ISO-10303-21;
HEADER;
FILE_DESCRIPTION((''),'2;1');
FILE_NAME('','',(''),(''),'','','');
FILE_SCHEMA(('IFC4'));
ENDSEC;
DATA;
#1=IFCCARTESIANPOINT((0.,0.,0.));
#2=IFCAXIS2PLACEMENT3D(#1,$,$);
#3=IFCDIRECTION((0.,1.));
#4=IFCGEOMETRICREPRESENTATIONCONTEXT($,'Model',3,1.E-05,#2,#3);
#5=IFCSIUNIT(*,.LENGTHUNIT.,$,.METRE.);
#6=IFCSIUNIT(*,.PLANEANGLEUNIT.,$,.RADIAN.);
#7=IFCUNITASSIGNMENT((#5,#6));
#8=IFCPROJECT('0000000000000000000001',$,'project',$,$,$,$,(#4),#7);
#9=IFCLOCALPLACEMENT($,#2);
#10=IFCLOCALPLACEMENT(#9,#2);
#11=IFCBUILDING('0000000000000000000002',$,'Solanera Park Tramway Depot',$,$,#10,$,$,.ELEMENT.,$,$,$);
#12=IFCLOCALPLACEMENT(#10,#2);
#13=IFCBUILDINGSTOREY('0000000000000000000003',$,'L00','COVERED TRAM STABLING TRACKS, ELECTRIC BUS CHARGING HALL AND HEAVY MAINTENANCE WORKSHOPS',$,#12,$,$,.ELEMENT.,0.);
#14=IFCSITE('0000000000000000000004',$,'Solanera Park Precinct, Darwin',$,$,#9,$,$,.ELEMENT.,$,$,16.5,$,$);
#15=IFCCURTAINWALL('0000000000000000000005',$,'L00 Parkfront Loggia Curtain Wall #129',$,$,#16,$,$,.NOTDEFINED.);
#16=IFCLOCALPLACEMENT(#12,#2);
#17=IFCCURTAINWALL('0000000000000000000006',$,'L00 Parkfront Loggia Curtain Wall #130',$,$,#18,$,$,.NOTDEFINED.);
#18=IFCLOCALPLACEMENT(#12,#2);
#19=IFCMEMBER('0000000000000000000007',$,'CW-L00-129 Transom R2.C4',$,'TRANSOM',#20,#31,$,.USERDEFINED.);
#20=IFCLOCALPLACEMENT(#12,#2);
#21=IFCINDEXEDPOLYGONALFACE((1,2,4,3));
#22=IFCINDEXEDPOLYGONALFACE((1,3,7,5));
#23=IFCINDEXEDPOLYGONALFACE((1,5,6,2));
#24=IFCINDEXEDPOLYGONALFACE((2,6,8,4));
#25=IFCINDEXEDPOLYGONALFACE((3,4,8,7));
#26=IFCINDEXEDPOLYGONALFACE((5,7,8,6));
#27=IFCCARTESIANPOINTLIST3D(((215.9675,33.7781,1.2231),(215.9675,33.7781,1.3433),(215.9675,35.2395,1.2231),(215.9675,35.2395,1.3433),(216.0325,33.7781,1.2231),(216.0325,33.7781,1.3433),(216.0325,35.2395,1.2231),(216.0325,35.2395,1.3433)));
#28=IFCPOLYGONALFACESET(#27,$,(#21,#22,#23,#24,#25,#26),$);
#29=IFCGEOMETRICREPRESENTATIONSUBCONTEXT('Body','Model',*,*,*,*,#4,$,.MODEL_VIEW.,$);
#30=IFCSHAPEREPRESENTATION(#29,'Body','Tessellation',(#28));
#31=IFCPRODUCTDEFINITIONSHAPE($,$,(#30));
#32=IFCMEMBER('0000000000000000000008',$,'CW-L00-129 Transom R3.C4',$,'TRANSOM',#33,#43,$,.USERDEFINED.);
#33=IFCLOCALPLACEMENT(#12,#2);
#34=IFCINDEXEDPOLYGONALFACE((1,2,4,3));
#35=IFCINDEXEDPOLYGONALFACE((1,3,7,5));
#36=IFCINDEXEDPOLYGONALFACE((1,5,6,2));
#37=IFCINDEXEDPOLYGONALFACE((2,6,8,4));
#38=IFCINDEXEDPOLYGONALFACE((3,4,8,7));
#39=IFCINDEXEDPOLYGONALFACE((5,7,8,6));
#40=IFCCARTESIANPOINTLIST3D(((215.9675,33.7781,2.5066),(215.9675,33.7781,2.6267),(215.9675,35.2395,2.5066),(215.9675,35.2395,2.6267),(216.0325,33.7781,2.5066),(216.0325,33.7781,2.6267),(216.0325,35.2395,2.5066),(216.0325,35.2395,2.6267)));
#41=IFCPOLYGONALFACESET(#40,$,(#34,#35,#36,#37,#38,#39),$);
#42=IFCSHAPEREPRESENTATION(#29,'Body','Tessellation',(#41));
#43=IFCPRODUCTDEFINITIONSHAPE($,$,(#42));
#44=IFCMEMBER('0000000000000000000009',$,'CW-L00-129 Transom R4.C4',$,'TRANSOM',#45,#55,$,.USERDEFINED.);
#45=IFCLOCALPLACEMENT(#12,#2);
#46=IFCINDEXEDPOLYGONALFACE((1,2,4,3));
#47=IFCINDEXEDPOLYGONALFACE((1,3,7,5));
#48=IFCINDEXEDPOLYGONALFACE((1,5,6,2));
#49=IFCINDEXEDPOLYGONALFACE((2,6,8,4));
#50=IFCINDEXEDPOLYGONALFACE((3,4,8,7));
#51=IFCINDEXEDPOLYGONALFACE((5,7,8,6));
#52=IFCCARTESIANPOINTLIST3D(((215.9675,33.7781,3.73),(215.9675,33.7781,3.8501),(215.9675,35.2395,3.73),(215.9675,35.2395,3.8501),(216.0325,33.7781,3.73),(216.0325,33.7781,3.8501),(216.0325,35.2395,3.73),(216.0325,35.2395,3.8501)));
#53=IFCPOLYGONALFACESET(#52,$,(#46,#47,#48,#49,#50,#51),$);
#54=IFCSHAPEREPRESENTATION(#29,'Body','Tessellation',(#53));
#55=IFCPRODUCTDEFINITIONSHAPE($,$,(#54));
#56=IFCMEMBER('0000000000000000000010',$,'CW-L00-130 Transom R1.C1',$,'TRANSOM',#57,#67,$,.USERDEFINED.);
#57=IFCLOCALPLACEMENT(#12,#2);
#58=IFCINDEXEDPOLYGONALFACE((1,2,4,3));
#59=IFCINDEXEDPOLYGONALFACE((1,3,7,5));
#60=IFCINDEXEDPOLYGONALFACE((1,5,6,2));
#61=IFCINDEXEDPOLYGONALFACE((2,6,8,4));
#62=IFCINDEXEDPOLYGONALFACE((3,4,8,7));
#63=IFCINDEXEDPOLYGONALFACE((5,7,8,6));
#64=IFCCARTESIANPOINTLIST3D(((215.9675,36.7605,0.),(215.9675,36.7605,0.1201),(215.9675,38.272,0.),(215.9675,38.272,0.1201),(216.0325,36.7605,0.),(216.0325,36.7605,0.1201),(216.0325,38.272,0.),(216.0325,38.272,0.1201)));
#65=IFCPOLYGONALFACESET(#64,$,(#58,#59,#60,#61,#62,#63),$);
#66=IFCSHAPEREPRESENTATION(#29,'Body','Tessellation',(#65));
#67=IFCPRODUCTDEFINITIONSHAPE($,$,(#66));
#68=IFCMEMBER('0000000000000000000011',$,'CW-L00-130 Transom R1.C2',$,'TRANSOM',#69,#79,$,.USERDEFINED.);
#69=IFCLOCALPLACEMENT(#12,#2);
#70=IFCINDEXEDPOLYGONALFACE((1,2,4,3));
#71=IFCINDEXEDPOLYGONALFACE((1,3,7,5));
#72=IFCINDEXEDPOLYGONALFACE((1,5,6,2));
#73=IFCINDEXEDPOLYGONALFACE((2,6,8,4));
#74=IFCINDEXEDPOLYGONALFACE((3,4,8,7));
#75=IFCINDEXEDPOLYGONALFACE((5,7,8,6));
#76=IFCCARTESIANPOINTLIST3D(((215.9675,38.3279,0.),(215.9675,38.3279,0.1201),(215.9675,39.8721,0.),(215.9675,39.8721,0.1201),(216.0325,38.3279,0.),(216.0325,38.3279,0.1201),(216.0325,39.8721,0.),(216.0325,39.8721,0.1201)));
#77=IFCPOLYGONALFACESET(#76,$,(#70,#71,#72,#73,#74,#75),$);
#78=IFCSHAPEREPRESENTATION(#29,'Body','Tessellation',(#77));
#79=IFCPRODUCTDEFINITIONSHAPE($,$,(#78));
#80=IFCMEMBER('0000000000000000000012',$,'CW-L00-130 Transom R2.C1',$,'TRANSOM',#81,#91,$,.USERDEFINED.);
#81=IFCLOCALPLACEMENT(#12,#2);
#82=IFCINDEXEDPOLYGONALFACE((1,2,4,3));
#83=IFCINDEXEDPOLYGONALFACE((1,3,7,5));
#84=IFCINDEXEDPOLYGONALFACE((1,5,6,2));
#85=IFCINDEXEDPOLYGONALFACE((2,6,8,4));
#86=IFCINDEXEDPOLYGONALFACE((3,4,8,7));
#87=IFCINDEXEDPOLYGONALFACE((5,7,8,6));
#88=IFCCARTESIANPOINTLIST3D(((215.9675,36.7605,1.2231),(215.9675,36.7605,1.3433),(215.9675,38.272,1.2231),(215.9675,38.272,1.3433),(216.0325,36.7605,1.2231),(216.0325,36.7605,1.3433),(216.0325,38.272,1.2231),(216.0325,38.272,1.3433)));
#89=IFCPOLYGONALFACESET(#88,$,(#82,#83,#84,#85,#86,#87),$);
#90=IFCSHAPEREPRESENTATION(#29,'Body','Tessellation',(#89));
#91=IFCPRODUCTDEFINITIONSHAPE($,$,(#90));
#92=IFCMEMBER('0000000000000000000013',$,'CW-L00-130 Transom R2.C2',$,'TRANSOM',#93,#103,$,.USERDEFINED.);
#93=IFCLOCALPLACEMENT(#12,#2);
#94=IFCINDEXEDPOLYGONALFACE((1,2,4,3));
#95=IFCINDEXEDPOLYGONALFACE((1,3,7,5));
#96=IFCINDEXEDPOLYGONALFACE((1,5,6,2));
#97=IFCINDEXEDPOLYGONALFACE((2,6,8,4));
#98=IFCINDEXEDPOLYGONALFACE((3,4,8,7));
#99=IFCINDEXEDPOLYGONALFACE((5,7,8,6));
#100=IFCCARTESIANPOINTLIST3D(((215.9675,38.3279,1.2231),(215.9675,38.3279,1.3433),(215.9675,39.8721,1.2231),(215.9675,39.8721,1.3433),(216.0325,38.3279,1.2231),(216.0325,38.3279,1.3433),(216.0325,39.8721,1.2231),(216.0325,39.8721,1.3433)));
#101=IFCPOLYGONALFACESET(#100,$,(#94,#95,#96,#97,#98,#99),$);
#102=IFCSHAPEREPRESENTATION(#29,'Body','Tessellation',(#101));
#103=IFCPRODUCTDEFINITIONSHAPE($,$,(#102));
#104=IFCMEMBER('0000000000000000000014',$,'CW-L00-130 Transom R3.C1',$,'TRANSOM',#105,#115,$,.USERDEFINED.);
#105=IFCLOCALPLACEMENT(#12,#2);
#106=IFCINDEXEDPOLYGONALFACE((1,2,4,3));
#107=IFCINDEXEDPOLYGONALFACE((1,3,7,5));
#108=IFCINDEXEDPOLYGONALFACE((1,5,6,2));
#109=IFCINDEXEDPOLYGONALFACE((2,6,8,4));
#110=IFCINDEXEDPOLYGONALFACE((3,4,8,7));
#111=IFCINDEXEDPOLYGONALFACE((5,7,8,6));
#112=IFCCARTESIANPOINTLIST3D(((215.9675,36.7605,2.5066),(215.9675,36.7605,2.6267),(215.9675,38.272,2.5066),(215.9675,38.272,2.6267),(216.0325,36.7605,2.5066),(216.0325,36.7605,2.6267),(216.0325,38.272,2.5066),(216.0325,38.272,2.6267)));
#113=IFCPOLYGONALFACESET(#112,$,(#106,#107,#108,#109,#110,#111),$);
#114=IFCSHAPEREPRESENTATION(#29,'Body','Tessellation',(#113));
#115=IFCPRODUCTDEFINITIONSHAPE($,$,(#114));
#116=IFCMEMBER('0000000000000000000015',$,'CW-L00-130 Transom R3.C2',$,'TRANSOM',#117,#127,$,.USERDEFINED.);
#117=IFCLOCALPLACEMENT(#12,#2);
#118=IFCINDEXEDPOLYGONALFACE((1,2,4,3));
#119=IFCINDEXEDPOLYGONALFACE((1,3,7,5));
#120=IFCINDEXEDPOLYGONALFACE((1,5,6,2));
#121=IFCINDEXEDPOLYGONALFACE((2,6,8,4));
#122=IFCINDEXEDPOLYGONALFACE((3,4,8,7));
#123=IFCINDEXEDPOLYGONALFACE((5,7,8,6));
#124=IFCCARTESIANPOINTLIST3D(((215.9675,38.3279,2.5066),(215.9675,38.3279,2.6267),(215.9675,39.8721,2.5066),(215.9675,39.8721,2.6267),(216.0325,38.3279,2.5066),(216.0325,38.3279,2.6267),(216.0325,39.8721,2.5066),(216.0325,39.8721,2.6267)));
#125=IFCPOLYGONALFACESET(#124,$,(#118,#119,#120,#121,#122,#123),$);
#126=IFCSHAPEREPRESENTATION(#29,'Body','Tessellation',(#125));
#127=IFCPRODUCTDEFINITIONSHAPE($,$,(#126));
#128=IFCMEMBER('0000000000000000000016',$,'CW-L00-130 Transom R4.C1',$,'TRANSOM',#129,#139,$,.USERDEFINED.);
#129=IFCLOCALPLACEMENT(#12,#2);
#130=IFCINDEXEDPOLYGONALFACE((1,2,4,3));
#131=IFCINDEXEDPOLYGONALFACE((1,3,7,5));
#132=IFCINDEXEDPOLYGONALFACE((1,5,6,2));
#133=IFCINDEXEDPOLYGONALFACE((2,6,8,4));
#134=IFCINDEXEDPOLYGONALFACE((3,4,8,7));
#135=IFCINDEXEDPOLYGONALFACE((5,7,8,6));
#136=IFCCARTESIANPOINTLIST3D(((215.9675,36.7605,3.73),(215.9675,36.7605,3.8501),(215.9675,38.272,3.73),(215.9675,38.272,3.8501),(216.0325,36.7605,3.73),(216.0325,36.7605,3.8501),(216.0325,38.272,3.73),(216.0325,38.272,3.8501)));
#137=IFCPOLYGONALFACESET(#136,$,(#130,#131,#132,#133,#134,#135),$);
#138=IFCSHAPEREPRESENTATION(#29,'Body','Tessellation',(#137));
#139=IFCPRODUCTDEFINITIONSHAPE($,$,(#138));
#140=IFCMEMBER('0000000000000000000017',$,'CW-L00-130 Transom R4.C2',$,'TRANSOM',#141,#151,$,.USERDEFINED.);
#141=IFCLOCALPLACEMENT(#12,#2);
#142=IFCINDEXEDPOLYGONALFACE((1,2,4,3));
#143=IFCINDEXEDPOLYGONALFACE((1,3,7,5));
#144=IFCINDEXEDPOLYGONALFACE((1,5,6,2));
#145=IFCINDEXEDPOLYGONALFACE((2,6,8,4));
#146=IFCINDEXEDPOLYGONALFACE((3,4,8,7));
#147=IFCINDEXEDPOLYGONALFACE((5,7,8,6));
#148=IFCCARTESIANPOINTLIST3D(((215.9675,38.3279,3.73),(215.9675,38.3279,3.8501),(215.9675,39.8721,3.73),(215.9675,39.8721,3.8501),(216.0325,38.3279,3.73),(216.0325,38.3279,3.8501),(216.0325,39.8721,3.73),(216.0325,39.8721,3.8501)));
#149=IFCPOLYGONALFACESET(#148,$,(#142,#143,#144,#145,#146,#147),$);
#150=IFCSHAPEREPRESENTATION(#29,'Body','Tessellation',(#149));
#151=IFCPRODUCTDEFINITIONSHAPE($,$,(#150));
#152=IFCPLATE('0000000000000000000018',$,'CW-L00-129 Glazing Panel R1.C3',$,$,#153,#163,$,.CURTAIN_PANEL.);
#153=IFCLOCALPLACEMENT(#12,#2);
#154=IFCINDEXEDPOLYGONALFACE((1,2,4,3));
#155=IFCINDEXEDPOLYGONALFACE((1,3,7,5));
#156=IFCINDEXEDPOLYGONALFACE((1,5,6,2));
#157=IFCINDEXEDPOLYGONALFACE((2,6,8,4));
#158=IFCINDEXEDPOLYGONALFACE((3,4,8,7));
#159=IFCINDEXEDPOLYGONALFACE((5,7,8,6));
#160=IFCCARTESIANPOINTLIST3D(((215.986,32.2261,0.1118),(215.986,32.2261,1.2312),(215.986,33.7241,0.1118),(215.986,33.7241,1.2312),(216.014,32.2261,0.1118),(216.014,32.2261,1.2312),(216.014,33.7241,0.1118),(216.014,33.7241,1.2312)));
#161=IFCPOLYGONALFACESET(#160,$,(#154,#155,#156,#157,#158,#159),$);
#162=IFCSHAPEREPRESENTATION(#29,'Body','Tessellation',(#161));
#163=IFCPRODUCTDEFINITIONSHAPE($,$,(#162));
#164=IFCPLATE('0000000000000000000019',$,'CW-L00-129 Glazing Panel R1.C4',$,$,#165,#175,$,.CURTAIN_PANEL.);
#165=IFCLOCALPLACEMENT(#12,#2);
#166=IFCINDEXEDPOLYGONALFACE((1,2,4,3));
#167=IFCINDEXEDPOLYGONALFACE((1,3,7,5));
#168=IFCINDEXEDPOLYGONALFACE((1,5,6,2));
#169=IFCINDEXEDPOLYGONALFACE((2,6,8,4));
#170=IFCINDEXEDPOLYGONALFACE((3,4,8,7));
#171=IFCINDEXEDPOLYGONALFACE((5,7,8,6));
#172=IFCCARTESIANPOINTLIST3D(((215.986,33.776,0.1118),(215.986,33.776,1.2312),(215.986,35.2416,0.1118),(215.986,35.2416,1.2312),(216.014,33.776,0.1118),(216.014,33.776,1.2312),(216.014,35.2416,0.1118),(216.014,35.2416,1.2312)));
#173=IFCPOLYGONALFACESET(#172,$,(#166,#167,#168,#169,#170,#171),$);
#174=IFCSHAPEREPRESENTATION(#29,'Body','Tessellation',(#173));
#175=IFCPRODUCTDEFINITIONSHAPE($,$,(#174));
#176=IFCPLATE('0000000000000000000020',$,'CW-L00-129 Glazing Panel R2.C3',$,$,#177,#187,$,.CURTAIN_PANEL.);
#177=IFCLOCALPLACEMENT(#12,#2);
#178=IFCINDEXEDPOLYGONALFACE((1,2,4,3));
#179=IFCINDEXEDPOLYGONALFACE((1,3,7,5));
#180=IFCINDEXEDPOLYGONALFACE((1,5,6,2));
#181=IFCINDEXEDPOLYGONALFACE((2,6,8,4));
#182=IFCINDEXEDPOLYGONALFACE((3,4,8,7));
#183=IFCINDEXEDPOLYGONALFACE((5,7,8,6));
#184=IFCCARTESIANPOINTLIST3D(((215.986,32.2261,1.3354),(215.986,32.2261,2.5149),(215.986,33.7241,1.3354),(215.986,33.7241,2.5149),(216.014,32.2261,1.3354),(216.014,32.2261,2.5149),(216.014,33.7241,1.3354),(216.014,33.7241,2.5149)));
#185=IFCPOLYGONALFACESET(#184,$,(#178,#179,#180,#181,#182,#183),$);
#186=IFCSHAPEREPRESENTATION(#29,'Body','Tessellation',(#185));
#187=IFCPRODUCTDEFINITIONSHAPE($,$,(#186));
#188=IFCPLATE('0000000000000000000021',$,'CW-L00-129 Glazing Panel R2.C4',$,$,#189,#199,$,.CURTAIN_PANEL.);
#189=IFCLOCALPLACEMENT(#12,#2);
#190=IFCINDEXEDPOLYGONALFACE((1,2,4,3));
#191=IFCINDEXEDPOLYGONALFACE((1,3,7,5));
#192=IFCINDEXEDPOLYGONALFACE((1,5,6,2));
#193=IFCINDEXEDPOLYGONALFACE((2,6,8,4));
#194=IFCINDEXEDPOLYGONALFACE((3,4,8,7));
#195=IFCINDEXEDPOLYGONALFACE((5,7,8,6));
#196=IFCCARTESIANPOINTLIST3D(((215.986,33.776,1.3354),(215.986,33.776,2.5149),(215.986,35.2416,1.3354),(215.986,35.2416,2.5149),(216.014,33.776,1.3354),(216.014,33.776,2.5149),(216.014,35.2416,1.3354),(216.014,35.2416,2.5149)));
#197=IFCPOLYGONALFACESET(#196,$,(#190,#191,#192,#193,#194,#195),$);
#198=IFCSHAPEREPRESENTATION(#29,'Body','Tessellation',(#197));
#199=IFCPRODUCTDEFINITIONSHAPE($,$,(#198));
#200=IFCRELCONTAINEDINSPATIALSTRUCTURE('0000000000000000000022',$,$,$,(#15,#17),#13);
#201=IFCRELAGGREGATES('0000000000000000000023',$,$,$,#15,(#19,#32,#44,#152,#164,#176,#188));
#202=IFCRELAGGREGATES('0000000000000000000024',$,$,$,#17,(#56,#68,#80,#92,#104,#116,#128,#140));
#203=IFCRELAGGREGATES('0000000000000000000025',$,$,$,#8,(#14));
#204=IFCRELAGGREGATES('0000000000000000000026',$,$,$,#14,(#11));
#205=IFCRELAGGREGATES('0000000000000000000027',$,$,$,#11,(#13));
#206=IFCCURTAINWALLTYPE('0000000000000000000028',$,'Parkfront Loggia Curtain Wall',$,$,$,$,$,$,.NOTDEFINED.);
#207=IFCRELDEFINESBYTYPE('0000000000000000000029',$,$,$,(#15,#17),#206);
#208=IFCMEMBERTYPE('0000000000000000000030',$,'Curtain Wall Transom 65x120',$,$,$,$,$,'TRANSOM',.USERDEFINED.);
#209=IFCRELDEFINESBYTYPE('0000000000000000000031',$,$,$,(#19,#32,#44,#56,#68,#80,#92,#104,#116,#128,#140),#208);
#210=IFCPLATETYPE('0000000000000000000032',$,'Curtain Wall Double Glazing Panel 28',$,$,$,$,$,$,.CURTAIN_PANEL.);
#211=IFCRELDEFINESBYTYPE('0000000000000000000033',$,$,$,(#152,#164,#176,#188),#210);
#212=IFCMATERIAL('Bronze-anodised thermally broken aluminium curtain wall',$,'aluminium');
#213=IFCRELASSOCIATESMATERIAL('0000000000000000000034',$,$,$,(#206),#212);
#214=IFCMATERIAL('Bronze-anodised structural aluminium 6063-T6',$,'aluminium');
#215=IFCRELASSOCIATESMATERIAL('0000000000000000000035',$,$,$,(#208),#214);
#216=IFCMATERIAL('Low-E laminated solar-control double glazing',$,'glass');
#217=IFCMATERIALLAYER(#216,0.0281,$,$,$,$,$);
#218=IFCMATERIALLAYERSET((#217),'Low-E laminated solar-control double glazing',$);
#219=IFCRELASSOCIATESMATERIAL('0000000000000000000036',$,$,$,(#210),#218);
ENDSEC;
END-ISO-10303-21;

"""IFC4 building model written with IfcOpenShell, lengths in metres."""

from ifc_helpers import new_model, si_unit, direction, frame, origin, origin_2d, place, context, subcontext, project, spatial, rectangle, extrude, material, layer, layer_set, material_profile, profile_set, type_object, element, aggregate, save


model = new_model("IFC4")

# Units and contexts
model_context = context("Model", 3, precision=1e-05, world=origin(), true_north=direction((0.0, 1.0)))
body_context = subcontext(model_context, "Body", "Model", "MODEL_VIEW")
ifc_project = project(units=[si_unit("LENGTHUNIT", "METRE"), si_unit("PLANEANGLEUNIT", "RADIAN")], contexts=[model_context])

# Site, building, storey
site_placement = place(None, origin())
site = spatial("IfcSite", under=ifc_project, at=site_placement, Name="Solanera Park Precinct, Darwin", CompositionType="ELEMENT", RefElevation=16.5)
building_placement = place(site_placement, origin())
building = spatial("IfcBuilding", under=site, at=building_placement, Name="Solanera Park Tramway Depot", CompositionType="ELEMENT")
storey_placement = place(building_placement, origin())
storey = spatial("IfcBuildingStorey", under=building, at=storey_placement, Name="L00", Description="COVERED TRAM STABLING TRACKS, ELECTRIC BUS CHARGING HALL AND HEAVY MAINTENANCE WORKSHOPS", CompositionType="ELEMENT", Elevation=0.0)

# Curtain walls
ifc_material_1 = material(Name="Bronze-anodised thermally broken aluminium curtain wall", Category="aluminium")
curtain_wall_type = type_object("IfcCurtainWallType", Name="Parkfront Loggia Curtain Wall", PredefinedType="NOTDEFINED", material=ifc_material_1)
curtain_wall_1_placement = place(storey_placement, origin())
curtain_wall_1 = element("IfcCurtainWall", 1, at=curtain_wall_1_placement, inside=storey, type_object=curtain_wall_type, Name="L00 Parkfront Loggia Curtain Wall #129", PredefinedType="NOTDEFINED")
curtain_wall_2_placement = place(storey_placement, origin())
curtain_wall_2 = element("IfcCurtainWall", 2, at=curtain_wall_2_placement, inside=storey, type_object=curtain_wall_type, Name="L00 Parkfront Loggia Curtain Wall #130", PredefinedType="NOTDEFINED")

# Members
ifc_material_2 = material(Name="Bronze-anodised structural aluminium 6063-T6", Category="aluminium")
ifc_material_profile_1 = material_profile(ifc_material_2, rectangle(XDim=0.0649, YDim=0.1201, at=origin_2d()), Name="Curtain Wall Transom 65x120")
ifc_profile_set_1 = profile_set([ifc_material_profile_1], Name="Bronze-anodised structural aluminium 6063-T6")
member_type_1 = type_object("IfcMemberType", Name="Curtain Wall Transom 65x120", ElementType="TRANSOM", PredefinedType="USERDEFINED", material=ifc_profile_set_1)
member_1_placement = place(storey_placement, frame((216.0, 33.7781, 1.2832), z_axis=(0.0, 1.0, 0.0), x_axis=(-1.0, 0.0, 0.0)))
member_1 = element("IfcMember", 3, at=member_1_placement, type_object=member_type_1, Name="CW-L00-129 Transom R2.C4", ObjectType="TRANSOM", PredefinedType="USERDEFINED", context=body_context, shape_type="SweptSolid", body=[
    extrude(rectangle(XDim=0.0649, YDim=0.1201, at=origin_2d()), origin(), (0.0, 0.0, 1.0), 1.4614),
])
member_2_placement = place(storey_placement, frame((216.0, 33.7781, 2.5667), z_axis=(0.0, 1.0, 0.0), x_axis=(-1.0, 0.0, 0.0)))
member_2 = element("IfcMember", 4, at=member_2_placement, type_object=member_type_1, Name="CW-L00-129 Transom R3.C4", ObjectType="TRANSOM", PredefinedType="USERDEFINED", context=body_context, shape_type="SweptSolid", body=[
    extrude(rectangle(XDim=0.0649, YDim=0.1201, at=origin_2d()), origin(), (0.0, 0.0, 1.0), 1.4614),
])
member_3_placement = place(storey_placement, frame((216.0, 33.7781, 3.79), z_axis=(0.0, 1.0, 0.0), x_axis=(-1.0, 0.0, 0.0)))
member_3 = element("IfcMember", 5, at=member_3_placement, type_object=member_type_1, Name="CW-L00-129 Transom R4.C4", ObjectType="TRANSOM", PredefinedType="USERDEFINED", context=body_context, shape_type="SweptSolid", body=[
    extrude(rectangle(XDim=0.0649, YDim=0.1201, at=origin_2d()), origin(), (0.0, 0.0, 1.0), 1.4614),
])
member_4_placement = place(storey_placement, frame((216.0, 36.7605, 0.0601), z_axis=(0.0, 1.0, 0.0), x_axis=(-1.0, 0.0, 0.0)))
member_4 = element("IfcMember", 6, at=member_4_placement, type_object=member_type_1, Name="CW-L00-130 Transom R1.C1", ObjectType="TRANSOM", PredefinedType="USERDEFINED", context=body_context, shape_type="SweptSolid", body=[
    extrude(rectangle(XDim=0.0649, YDim=0.1201, at=origin_2d()), origin(), (0.0, 0.0, 1.0), 1.5115),
])
member_5_placement = place(storey_placement, frame((216.0, 38.3279, 0.0601), z_axis=(0.0, 1.0, 0.0), x_axis=(-1.0, 0.0, 0.0)))
member_5 = element("IfcMember", 7, at=member_5_placement, type_object=member_type_1, Name="CW-L00-130 Transom R1.C2", ObjectType="TRANSOM", PredefinedType="USERDEFINED", context=body_context, shape_type="SweptSolid", body=[
    extrude(rectangle(XDim=0.0649, YDim=0.1201, at=origin_2d()), origin(), (0.0, 0.0, 1.0), 1.5442),
])
member_6_placement = place(storey_placement, frame((216.0, 36.7605, 1.2832), z_axis=(0.0, 1.0, 0.0), x_axis=(-1.0, 0.0, 0.0)))
member_6 = element("IfcMember", 8, at=member_6_placement, type_object=member_type_1, Name="CW-L00-130 Transom R2.C1", ObjectType="TRANSOM", PredefinedType="USERDEFINED", context=body_context, shape_type="SweptSolid", body=[
    extrude(rectangle(XDim=0.0649, YDim=0.1201, at=origin_2d()), origin(), (0.0, 0.0, 1.0), 1.5115),
])
member_7_placement = place(storey_placement, frame((216.0, 38.3279, 1.2832), z_axis=(0.0, 1.0, 0.0), x_axis=(-1.0, 0.0, 0.0)))
member_7 = element("IfcMember", 9, at=member_7_placement, type_object=member_type_1, Name="CW-L00-130 Transom R2.C2", ObjectType="TRANSOM", PredefinedType="USERDEFINED", context=body_context, shape_type="SweptSolid", body=[
    extrude(rectangle(XDim=0.0649, YDim=0.1201, at=origin_2d()), origin(), (0.0, 0.0, 1.0), 1.5442),
])
member_8_placement = place(storey_placement, frame((216.0, 36.7605, 2.5667), z_axis=(0.0, 1.0, 0.0), x_axis=(-1.0, 0.0, 0.0)))
member_8 = element("IfcMember", 10, at=member_8_placement, type_object=member_type_1, Name="CW-L00-130 Transom R3.C1", ObjectType="TRANSOM", PredefinedType="USERDEFINED", context=body_context, shape_type="SweptSolid", body=[
    extrude(rectangle(XDim=0.0649, YDim=0.1201, at=origin_2d()), origin(), (0.0, 0.0, 1.0), 1.5115),
])
member_9_placement = place(storey_placement, frame((216.0, 38.3279, 2.5667), z_axis=(0.0, 1.0, 0.0), x_axis=(-1.0, 0.0, 0.0)))
member_9 = element("IfcMember", 11, at=member_9_placement, type_object=member_type_1, Name="CW-L00-130 Transom R3.C2", ObjectType="TRANSOM", PredefinedType="USERDEFINED", context=body_context, shape_type="SweptSolid", body=[
    extrude(rectangle(XDim=0.0649, YDim=0.1201, at=origin_2d()), origin(), (0.0, 0.0, 1.0), 1.5442),
])
member_10_placement = place(storey_placement, frame((216.0, 36.7605, 3.79), z_axis=(0.0, 1.0, 0.0), x_axis=(-1.0, 0.0, 0.0)))
member_10 = element("IfcMember", 12, at=member_10_placement, type_object=member_type_1, Name="CW-L00-130 Transom R4.C1", ObjectType="TRANSOM", PredefinedType="USERDEFINED", context=body_context, shape_type="SweptSolid", body=[
    extrude(rectangle(XDim=0.0649, YDim=0.1201, at=origin_2d()), origin(), (0.0, 0.0, 1.0), 1.5115),
])
member_11_placement = place(storey_placement, frame((216.0, 38.3279, 3.79), z_axis=(0.0, 1.0, 0.0), x_axis=(-1.0, 0.0, 0.0)))
member_11 = element("IfcMember", 13, at=member_11_placement, type_object=member_type_1, Name="CW-L00-130 Transom R4.C2", ObjectType="TRANSOM", PredefinedType="USERDEFINED", context=body_context, shape_type="SweptSolid", body=[
    extrude(rectangle(XDim=0.0649, YDim=0.1201, at=origin_2d()), origin(), (0.0, 0.0, 1.0), 1.5442),
])

# Plates
ifc_material_3 = material(Name="Low-E laminated solar-control double glazing", Category="glass")
ifc_layer_1 = layer(ifc_material_3, 0.0281)
ifc_layer_set_1 = layer_set([ifc_layer_1], Name="Low-E laminated solar-control double glazing")
plate_type = type_object("IfcPlateType", Name="Curtain Wall Double Glazing Panel 28", PredefinedType="CURTAIN_PANEL", material=ifc_layer_set_1)
plate_1_placement = place(storey_placement, frame((216.0, 32.9751, 0.1118), z_axis=(0.0, 0.0, 1.0), x_axis=(0.0, 1.0, 0.0)))
plate_1 = element("IfcPlate", 14, at=plate_1_placement, type_object=plate_type, Name="CW-L00-129 Glazing Panel R1.C3", PredefinedType="CURTAIN_PANEL", context=body_context, shape_type="SweptSolid", body=[
    extrude(rectangle(XDim=1.498, YDim=0.0281, at=origin_2d()), origin(), (0.0, 0.0, 1.0), 1.1194),
])
plate_2_placement = place(storey_placement, frame((216.0, 34.5088, 0.1118), z_axis=(0.0, 0.0, 1.0), x_axis=(0.0, 1.0, 0.0)))
plate_2 = element("IfcPlate", 15, at=plate_2_placement, type_object=plate_type, Name="CW-L00-129 Glazing Panel R1.C4", PredefinedType="CURTAIN_PANEL", context=body_context, shape_type="SweptSolid", body=[
    extrude(rectangle(XDim=1.4656, YDim=0.0281, at=origin_2d()), origin(), (0.0, 0.0, 1.0), 1.1194),
])
plate_3_placement = place(storey_placement, frame((216.0, 32.9751, 1.3354), z_axis=(0.0, 0.0, 1.0), x_axis=(0.0, 1.0, 0.0)))
plate_3 = element("IfcPlate", 16, at=plate_3_placement, type_object=plate_type, Name="CW-L00-129 Glazing Panel R2.C3", PredefinedType="CURTAIN_PANEL", context=body_context, shape_type="SweptSolid", body=[
    extrude(rectangle(XDim=1.498, YDim=0.0281, at=origin_2d()), origin(), (0.0, 0.0, 1.0), 1.1794),
])
plate_4_placement = place(storey_placement, frame((216.0, 34.5088, 1.3354), z_axis=(0.0, 0.0, 1.0), x_axis=(0.0, 1.0, 0.0)))
plate_4 = element("IfcPlate", 17, at=plate_4_placement, type_object=plate_type, Name="CW-L00-129 Glazing Panel R2.C4", PredefinedType="CURTAIN_PANEL", context=body_context, shape_type="SweptSolid", body=[
    extrude(rectangle(XDim=1.4656, YDim=0.0281, at=origin_2d()), origin(), (0.0, 0.0, 1.0), 1.1794),
])
aggregate(curtain_wall_1, [member_1, member_2, member_3, plate_1, plate_2, plate_3, plate_4])
aggregate(curtain_wall_2, [member_4, member_5, member_6, member_7, member_8, member_9, member_10, member_11])

save(model, "model.ifc")
